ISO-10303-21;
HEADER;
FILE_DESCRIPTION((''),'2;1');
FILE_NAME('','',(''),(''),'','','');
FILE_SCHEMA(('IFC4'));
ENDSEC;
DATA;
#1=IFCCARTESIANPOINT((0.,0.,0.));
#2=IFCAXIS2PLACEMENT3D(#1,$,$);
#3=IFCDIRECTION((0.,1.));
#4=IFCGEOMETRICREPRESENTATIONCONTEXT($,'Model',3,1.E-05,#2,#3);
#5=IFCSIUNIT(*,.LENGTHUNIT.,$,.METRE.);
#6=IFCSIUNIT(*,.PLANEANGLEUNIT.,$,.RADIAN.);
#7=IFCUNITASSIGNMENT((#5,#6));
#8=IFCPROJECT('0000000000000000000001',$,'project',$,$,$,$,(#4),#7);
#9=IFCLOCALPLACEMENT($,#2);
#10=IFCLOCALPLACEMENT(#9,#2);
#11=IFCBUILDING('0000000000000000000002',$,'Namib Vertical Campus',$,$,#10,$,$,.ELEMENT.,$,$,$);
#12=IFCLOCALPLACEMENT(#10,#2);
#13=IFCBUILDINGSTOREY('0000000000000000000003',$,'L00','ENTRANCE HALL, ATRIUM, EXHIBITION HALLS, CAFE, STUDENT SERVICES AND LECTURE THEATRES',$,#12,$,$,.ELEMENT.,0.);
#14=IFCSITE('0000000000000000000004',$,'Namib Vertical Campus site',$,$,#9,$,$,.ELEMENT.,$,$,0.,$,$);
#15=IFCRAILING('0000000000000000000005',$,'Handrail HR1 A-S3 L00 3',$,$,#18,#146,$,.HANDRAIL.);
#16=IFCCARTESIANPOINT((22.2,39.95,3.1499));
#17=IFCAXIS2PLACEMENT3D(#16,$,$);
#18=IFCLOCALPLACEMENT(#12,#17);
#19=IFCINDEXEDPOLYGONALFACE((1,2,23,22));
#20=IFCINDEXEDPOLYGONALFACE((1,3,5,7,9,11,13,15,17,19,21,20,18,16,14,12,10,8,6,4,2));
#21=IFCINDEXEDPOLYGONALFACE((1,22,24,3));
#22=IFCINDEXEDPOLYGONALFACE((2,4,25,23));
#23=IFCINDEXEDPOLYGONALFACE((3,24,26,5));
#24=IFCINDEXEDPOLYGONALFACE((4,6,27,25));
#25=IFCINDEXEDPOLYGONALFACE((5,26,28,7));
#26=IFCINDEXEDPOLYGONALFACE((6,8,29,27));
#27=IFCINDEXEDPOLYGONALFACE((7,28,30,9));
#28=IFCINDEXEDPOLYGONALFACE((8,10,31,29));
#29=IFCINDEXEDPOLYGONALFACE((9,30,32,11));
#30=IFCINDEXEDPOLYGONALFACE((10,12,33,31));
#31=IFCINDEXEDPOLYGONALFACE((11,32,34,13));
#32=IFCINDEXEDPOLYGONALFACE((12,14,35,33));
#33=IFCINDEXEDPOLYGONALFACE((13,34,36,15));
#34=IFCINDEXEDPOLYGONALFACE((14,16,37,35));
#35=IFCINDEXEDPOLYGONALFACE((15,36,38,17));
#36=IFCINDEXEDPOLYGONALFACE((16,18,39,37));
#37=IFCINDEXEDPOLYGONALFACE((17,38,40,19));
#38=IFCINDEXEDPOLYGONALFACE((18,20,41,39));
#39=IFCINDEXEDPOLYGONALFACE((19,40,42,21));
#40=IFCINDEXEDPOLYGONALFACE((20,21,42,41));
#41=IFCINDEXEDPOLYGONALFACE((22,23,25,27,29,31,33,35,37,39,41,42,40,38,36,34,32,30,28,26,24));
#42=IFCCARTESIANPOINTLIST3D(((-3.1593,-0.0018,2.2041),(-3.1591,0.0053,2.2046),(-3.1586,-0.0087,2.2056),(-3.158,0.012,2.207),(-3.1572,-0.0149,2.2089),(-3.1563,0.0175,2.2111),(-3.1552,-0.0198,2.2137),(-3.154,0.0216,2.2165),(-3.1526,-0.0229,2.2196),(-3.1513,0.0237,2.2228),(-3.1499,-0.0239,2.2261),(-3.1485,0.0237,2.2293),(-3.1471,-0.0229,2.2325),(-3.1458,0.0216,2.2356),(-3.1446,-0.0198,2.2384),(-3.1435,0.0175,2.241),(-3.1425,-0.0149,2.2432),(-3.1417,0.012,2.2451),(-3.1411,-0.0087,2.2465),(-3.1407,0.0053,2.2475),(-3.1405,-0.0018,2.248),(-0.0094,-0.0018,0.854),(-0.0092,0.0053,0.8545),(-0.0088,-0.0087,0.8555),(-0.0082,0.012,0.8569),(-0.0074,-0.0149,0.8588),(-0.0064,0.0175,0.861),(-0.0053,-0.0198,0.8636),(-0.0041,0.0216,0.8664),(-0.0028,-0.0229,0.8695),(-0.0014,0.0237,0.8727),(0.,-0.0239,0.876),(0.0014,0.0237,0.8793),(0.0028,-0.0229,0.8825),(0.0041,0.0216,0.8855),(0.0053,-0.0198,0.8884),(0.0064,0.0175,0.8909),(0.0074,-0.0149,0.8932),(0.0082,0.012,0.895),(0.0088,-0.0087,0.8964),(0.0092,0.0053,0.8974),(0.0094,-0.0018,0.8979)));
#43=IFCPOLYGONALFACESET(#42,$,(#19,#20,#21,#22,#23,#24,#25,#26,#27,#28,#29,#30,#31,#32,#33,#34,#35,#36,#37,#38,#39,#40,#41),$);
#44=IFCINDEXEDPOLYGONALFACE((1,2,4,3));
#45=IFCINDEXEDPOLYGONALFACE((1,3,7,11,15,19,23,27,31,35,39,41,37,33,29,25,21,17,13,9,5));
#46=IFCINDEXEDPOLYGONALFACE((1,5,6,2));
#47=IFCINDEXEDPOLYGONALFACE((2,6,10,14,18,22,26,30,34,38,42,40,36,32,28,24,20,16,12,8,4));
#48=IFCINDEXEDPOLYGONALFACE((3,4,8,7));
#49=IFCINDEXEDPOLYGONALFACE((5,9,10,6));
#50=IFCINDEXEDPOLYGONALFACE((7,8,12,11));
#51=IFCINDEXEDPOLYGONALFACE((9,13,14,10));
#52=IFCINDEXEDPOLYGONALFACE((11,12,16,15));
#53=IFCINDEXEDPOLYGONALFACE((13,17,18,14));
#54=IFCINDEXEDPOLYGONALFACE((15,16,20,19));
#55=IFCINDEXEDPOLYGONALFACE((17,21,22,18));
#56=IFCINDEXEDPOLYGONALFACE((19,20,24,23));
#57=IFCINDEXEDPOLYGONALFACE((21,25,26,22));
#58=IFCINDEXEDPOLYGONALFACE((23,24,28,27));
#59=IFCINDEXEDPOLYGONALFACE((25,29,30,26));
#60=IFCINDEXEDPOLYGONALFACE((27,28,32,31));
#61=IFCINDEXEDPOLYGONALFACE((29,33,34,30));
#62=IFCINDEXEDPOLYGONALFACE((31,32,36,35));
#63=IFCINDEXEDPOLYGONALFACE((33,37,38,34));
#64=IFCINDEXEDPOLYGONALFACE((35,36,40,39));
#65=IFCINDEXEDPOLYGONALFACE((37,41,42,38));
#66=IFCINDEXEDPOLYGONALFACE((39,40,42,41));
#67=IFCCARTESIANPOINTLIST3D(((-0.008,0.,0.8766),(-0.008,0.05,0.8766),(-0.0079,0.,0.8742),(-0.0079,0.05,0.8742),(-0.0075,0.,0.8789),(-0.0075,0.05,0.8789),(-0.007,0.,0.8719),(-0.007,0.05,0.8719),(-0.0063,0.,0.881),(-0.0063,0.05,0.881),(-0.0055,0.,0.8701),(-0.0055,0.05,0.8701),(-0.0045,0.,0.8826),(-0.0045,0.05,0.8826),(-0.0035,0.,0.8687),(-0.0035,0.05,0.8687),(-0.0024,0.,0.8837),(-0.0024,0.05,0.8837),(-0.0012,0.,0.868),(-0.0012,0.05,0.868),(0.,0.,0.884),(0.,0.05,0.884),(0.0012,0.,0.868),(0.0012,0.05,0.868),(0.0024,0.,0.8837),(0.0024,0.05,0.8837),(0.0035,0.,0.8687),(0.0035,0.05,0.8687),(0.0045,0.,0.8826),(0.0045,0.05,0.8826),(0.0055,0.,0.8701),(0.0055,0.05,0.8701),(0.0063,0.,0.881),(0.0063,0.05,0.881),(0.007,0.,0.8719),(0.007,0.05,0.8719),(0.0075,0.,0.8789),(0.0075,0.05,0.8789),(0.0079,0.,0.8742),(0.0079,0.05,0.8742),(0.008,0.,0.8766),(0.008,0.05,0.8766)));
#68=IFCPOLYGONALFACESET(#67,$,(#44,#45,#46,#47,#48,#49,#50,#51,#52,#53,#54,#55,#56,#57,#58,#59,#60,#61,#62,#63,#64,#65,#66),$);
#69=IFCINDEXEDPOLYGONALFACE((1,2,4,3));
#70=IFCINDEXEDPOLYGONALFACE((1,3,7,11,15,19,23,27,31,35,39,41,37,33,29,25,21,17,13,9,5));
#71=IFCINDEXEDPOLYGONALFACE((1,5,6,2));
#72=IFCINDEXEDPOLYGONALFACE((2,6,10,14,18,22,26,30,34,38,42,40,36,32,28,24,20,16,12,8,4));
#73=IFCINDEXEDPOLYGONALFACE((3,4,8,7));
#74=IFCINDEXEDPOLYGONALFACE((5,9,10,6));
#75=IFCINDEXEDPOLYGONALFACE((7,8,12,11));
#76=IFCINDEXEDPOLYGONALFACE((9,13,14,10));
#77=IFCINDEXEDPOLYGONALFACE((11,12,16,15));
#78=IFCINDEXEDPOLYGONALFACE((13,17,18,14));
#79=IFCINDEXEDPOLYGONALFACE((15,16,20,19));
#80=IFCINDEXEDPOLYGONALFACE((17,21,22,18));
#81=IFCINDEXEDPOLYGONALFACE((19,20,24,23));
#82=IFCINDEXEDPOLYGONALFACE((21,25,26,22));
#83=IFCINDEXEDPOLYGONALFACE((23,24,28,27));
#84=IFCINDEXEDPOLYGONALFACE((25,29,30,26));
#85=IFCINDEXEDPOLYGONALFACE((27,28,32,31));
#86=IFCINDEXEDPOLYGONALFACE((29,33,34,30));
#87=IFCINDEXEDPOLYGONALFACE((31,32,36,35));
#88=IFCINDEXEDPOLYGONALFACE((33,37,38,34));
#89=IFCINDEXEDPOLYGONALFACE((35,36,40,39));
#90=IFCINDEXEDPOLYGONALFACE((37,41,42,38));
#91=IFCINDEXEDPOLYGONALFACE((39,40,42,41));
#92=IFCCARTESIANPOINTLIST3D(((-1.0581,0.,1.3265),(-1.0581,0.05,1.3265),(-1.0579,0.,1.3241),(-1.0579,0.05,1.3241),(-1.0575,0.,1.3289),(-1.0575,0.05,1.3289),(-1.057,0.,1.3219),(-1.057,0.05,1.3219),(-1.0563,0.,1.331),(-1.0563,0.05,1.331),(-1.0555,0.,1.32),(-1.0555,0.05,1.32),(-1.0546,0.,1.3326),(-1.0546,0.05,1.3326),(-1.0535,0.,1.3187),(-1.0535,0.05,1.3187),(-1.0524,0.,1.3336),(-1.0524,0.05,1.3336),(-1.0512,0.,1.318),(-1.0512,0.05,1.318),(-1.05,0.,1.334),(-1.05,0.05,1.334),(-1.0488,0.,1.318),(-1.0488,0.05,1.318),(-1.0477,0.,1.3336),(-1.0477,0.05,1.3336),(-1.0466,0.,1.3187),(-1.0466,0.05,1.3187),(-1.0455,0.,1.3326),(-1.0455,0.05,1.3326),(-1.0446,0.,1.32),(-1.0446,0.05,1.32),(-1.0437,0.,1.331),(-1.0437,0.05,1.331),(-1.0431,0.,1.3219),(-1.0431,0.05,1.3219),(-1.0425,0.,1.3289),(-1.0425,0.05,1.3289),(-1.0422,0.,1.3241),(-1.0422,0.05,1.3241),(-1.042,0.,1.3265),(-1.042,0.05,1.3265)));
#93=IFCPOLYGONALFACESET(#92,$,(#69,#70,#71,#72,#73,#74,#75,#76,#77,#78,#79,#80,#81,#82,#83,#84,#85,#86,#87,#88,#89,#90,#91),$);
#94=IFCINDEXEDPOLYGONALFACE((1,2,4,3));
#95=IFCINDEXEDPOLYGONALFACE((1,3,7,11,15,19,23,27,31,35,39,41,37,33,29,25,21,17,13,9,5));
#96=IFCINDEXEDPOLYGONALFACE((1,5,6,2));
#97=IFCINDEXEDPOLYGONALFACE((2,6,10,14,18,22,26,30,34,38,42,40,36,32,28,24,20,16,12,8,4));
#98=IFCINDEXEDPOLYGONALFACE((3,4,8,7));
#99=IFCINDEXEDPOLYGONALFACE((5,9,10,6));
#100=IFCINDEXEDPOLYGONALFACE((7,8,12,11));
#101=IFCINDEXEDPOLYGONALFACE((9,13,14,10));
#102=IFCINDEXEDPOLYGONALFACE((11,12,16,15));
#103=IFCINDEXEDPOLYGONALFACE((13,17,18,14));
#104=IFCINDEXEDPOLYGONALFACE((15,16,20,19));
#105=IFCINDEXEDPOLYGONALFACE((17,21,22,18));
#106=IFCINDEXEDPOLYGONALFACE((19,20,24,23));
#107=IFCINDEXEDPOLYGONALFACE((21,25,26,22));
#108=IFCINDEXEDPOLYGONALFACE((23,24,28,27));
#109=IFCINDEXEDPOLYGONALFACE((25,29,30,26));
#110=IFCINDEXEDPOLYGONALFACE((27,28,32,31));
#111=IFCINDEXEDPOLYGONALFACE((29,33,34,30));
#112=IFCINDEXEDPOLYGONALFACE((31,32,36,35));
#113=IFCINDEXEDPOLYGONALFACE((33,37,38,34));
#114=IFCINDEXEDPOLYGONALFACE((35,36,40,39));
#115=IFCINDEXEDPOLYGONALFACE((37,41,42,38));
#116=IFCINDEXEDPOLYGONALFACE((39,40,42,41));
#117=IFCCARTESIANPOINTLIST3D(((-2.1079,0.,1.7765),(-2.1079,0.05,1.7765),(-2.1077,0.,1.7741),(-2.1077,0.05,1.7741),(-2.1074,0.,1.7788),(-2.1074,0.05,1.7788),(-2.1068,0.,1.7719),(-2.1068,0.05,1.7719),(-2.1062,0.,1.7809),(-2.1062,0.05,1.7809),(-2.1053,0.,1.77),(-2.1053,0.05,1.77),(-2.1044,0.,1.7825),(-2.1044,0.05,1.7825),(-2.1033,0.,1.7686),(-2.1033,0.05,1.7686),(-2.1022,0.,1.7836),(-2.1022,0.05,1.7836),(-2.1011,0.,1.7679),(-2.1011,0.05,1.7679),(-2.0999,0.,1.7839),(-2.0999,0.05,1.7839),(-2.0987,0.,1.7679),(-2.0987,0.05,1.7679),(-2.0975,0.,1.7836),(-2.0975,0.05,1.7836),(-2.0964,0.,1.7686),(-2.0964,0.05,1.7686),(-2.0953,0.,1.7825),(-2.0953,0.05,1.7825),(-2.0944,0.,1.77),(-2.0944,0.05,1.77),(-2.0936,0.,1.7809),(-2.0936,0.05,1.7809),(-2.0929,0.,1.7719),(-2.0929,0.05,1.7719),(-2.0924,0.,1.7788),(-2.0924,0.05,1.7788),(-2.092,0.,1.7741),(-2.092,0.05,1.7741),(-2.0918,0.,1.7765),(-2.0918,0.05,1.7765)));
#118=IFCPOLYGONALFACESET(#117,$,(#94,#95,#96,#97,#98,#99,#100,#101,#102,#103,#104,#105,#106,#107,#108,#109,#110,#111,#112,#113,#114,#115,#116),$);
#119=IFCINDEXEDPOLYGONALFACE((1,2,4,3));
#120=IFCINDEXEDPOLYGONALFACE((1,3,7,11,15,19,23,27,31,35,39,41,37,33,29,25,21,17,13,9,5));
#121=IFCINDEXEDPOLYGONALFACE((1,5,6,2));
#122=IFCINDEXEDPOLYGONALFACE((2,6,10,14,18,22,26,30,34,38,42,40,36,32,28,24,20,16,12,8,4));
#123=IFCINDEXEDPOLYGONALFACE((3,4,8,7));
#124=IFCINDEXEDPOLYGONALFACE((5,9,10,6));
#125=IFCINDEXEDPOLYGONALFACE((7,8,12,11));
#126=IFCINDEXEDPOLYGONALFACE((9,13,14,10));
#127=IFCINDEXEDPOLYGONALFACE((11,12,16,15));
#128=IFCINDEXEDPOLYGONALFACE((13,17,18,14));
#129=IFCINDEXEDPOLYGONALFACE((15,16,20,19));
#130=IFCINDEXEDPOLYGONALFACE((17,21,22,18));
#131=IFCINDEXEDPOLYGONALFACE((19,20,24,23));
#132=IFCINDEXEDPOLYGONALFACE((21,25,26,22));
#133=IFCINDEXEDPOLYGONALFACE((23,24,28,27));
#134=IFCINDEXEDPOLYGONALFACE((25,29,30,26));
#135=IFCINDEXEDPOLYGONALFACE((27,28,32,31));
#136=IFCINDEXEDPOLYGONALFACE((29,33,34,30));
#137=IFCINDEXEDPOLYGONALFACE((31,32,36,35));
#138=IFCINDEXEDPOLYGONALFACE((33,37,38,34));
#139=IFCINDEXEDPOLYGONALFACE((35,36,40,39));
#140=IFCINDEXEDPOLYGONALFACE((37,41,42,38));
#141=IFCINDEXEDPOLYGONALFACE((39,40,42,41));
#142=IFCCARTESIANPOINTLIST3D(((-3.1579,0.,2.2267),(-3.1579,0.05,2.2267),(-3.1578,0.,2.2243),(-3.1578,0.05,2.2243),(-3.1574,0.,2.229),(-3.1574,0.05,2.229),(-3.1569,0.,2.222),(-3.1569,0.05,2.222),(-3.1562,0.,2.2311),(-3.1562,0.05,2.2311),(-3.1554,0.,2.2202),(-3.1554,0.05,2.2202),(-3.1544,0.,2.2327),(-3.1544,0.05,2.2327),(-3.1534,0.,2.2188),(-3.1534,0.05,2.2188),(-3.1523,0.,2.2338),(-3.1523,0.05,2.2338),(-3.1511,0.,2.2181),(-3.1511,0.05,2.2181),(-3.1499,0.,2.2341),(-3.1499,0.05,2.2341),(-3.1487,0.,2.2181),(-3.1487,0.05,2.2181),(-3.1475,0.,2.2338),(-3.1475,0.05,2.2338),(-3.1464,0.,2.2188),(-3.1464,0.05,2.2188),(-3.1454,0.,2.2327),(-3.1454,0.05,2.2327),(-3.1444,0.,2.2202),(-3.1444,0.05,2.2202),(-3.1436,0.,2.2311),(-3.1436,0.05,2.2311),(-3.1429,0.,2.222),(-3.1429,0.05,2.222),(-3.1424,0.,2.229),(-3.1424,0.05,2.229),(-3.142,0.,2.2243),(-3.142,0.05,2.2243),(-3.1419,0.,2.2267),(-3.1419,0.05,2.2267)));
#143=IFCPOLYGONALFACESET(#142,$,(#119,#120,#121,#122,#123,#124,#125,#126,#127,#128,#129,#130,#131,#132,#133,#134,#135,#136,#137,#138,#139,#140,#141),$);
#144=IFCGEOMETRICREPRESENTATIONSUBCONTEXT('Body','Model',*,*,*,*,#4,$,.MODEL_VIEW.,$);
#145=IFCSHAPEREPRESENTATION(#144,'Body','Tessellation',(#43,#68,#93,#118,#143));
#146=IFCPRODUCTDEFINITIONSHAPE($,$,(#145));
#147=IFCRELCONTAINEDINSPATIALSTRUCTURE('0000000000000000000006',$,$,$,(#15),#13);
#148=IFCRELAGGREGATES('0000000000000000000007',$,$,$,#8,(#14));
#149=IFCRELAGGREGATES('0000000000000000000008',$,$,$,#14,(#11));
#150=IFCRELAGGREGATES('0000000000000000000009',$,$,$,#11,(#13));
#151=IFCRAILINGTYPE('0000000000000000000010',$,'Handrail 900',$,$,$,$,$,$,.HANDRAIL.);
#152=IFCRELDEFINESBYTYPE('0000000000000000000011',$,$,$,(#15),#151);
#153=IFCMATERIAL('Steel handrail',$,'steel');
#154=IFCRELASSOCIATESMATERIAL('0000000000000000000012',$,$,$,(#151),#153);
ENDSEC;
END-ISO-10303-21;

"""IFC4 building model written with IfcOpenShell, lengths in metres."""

from ifc_helpers import new_model, si_unit, direction, frame, origin, origin_2d, place, context, subcontext, project, spatial, circle, extrude, material, type_object, element, save


model = new_model("IFC4")

# Units and contexts
model_context = context("Model", 3, precision=1e-05, world=origin(), true_north=direction((0.0, 1.0)))
body_context = subcontext(model_context, "Body", "Model", "MODEL_VIEW")
ifc_project = project(units=[si_unit("LENGTHUNIT", "METRE"), si_unit("PLANEANGLEUNIT", "RADIAN")], contexts=[model_context])

# Site, building, storey
site_placement = place(None, origin())
site = spatial("IfcSite", under=ifc_project, at=site_placement, Name="Namib Vertical Campus site", CompositionType="ELEMENT", RefElevation=0.0)
building_placement = place(site_placement, origin())
building = spatial("IfcBuilding", under=site, at=building_placement, Name="Namib Vertical Campus", CompositionType="ELEMENT")
storey_placement = place(building_placement, origin())
storey = spatial("IfcBuildingStorey", under=building, at=storey_placement, Name="L00", Description="ENTRANCE HALL, ATRIUM, EXHIBITION HALLS, CAFE, STUDENT SERVICES AND LECTURE THEATRES", CompositionType="ELEMENT", Elevation=0.0)

# Railing
ifc_material_1 = material(Name="Steel handrail", Category="steel")
railing_type_1 = type_object("IfcRailingType", Name="Handrail 900", PredefinedType="HANDRAIL", material=ifc_material_1)
for number, where, name in (
    (1, (22.2, 39.95, 3.1499), "Handrail HR1 A-S3 L00 3"),
):
    element("IfcRailing", number, at=place(storey_placement, frame(where)), inside=storey, type_object=railing_type_1, Name=name, PredefinedType="HANDRAIL", context=body_context, shape_type="SweptSolid", body=[
        extrude(circle(Radius=0.0239, at=origin_2d()), frame((0.0, 0.0, 0.876), z_axis=(-0.91913, 0.0, 0.393954), x_axis=(0.0, -1.0, 0.0)), (0.0, 0.0, 1.0), 3.427),
        extrude(circle(Radius=0.0081, at=origin_2d()), frame((0.0, 0.0, 0.876), z_axis=(0.0, 1.0, 0.0), x_axis=(0.0, 0.0, 1.0)), (0.0, 0.0, 1.0), 0.05),
        extrude(circle(Radius=0.0081, at=origin_2d()), frame((-1.05, 0.0, 1.3259), z_axis=(0.0, 1.0, 0.0), x_axis=(0.0, 0.0, 1.0)), (0.0, 0.0, 1.0), 0.05),
        extrude(circle(Radius=0.0081, at=origin_2d()), frame((-2.0999, 0.0, 1.7759), z_axis=(0.0, 1.0, 0.0), x_axis=(0.0, 0.0, 1.0)), (0.0, 0.0, 1.0), 0.05),
        extrude(circle(Radius=0.0081, at=origin_2d()), frame((-3.1499, 0.0, 2.2261), z_axis=(0.0, 1.0, 0.0), x_axis=(0.0, 0.0, 1.0)), (0.0, 0.0, 1.0), 0.05),
    ])

save(model, "model.ifc")
